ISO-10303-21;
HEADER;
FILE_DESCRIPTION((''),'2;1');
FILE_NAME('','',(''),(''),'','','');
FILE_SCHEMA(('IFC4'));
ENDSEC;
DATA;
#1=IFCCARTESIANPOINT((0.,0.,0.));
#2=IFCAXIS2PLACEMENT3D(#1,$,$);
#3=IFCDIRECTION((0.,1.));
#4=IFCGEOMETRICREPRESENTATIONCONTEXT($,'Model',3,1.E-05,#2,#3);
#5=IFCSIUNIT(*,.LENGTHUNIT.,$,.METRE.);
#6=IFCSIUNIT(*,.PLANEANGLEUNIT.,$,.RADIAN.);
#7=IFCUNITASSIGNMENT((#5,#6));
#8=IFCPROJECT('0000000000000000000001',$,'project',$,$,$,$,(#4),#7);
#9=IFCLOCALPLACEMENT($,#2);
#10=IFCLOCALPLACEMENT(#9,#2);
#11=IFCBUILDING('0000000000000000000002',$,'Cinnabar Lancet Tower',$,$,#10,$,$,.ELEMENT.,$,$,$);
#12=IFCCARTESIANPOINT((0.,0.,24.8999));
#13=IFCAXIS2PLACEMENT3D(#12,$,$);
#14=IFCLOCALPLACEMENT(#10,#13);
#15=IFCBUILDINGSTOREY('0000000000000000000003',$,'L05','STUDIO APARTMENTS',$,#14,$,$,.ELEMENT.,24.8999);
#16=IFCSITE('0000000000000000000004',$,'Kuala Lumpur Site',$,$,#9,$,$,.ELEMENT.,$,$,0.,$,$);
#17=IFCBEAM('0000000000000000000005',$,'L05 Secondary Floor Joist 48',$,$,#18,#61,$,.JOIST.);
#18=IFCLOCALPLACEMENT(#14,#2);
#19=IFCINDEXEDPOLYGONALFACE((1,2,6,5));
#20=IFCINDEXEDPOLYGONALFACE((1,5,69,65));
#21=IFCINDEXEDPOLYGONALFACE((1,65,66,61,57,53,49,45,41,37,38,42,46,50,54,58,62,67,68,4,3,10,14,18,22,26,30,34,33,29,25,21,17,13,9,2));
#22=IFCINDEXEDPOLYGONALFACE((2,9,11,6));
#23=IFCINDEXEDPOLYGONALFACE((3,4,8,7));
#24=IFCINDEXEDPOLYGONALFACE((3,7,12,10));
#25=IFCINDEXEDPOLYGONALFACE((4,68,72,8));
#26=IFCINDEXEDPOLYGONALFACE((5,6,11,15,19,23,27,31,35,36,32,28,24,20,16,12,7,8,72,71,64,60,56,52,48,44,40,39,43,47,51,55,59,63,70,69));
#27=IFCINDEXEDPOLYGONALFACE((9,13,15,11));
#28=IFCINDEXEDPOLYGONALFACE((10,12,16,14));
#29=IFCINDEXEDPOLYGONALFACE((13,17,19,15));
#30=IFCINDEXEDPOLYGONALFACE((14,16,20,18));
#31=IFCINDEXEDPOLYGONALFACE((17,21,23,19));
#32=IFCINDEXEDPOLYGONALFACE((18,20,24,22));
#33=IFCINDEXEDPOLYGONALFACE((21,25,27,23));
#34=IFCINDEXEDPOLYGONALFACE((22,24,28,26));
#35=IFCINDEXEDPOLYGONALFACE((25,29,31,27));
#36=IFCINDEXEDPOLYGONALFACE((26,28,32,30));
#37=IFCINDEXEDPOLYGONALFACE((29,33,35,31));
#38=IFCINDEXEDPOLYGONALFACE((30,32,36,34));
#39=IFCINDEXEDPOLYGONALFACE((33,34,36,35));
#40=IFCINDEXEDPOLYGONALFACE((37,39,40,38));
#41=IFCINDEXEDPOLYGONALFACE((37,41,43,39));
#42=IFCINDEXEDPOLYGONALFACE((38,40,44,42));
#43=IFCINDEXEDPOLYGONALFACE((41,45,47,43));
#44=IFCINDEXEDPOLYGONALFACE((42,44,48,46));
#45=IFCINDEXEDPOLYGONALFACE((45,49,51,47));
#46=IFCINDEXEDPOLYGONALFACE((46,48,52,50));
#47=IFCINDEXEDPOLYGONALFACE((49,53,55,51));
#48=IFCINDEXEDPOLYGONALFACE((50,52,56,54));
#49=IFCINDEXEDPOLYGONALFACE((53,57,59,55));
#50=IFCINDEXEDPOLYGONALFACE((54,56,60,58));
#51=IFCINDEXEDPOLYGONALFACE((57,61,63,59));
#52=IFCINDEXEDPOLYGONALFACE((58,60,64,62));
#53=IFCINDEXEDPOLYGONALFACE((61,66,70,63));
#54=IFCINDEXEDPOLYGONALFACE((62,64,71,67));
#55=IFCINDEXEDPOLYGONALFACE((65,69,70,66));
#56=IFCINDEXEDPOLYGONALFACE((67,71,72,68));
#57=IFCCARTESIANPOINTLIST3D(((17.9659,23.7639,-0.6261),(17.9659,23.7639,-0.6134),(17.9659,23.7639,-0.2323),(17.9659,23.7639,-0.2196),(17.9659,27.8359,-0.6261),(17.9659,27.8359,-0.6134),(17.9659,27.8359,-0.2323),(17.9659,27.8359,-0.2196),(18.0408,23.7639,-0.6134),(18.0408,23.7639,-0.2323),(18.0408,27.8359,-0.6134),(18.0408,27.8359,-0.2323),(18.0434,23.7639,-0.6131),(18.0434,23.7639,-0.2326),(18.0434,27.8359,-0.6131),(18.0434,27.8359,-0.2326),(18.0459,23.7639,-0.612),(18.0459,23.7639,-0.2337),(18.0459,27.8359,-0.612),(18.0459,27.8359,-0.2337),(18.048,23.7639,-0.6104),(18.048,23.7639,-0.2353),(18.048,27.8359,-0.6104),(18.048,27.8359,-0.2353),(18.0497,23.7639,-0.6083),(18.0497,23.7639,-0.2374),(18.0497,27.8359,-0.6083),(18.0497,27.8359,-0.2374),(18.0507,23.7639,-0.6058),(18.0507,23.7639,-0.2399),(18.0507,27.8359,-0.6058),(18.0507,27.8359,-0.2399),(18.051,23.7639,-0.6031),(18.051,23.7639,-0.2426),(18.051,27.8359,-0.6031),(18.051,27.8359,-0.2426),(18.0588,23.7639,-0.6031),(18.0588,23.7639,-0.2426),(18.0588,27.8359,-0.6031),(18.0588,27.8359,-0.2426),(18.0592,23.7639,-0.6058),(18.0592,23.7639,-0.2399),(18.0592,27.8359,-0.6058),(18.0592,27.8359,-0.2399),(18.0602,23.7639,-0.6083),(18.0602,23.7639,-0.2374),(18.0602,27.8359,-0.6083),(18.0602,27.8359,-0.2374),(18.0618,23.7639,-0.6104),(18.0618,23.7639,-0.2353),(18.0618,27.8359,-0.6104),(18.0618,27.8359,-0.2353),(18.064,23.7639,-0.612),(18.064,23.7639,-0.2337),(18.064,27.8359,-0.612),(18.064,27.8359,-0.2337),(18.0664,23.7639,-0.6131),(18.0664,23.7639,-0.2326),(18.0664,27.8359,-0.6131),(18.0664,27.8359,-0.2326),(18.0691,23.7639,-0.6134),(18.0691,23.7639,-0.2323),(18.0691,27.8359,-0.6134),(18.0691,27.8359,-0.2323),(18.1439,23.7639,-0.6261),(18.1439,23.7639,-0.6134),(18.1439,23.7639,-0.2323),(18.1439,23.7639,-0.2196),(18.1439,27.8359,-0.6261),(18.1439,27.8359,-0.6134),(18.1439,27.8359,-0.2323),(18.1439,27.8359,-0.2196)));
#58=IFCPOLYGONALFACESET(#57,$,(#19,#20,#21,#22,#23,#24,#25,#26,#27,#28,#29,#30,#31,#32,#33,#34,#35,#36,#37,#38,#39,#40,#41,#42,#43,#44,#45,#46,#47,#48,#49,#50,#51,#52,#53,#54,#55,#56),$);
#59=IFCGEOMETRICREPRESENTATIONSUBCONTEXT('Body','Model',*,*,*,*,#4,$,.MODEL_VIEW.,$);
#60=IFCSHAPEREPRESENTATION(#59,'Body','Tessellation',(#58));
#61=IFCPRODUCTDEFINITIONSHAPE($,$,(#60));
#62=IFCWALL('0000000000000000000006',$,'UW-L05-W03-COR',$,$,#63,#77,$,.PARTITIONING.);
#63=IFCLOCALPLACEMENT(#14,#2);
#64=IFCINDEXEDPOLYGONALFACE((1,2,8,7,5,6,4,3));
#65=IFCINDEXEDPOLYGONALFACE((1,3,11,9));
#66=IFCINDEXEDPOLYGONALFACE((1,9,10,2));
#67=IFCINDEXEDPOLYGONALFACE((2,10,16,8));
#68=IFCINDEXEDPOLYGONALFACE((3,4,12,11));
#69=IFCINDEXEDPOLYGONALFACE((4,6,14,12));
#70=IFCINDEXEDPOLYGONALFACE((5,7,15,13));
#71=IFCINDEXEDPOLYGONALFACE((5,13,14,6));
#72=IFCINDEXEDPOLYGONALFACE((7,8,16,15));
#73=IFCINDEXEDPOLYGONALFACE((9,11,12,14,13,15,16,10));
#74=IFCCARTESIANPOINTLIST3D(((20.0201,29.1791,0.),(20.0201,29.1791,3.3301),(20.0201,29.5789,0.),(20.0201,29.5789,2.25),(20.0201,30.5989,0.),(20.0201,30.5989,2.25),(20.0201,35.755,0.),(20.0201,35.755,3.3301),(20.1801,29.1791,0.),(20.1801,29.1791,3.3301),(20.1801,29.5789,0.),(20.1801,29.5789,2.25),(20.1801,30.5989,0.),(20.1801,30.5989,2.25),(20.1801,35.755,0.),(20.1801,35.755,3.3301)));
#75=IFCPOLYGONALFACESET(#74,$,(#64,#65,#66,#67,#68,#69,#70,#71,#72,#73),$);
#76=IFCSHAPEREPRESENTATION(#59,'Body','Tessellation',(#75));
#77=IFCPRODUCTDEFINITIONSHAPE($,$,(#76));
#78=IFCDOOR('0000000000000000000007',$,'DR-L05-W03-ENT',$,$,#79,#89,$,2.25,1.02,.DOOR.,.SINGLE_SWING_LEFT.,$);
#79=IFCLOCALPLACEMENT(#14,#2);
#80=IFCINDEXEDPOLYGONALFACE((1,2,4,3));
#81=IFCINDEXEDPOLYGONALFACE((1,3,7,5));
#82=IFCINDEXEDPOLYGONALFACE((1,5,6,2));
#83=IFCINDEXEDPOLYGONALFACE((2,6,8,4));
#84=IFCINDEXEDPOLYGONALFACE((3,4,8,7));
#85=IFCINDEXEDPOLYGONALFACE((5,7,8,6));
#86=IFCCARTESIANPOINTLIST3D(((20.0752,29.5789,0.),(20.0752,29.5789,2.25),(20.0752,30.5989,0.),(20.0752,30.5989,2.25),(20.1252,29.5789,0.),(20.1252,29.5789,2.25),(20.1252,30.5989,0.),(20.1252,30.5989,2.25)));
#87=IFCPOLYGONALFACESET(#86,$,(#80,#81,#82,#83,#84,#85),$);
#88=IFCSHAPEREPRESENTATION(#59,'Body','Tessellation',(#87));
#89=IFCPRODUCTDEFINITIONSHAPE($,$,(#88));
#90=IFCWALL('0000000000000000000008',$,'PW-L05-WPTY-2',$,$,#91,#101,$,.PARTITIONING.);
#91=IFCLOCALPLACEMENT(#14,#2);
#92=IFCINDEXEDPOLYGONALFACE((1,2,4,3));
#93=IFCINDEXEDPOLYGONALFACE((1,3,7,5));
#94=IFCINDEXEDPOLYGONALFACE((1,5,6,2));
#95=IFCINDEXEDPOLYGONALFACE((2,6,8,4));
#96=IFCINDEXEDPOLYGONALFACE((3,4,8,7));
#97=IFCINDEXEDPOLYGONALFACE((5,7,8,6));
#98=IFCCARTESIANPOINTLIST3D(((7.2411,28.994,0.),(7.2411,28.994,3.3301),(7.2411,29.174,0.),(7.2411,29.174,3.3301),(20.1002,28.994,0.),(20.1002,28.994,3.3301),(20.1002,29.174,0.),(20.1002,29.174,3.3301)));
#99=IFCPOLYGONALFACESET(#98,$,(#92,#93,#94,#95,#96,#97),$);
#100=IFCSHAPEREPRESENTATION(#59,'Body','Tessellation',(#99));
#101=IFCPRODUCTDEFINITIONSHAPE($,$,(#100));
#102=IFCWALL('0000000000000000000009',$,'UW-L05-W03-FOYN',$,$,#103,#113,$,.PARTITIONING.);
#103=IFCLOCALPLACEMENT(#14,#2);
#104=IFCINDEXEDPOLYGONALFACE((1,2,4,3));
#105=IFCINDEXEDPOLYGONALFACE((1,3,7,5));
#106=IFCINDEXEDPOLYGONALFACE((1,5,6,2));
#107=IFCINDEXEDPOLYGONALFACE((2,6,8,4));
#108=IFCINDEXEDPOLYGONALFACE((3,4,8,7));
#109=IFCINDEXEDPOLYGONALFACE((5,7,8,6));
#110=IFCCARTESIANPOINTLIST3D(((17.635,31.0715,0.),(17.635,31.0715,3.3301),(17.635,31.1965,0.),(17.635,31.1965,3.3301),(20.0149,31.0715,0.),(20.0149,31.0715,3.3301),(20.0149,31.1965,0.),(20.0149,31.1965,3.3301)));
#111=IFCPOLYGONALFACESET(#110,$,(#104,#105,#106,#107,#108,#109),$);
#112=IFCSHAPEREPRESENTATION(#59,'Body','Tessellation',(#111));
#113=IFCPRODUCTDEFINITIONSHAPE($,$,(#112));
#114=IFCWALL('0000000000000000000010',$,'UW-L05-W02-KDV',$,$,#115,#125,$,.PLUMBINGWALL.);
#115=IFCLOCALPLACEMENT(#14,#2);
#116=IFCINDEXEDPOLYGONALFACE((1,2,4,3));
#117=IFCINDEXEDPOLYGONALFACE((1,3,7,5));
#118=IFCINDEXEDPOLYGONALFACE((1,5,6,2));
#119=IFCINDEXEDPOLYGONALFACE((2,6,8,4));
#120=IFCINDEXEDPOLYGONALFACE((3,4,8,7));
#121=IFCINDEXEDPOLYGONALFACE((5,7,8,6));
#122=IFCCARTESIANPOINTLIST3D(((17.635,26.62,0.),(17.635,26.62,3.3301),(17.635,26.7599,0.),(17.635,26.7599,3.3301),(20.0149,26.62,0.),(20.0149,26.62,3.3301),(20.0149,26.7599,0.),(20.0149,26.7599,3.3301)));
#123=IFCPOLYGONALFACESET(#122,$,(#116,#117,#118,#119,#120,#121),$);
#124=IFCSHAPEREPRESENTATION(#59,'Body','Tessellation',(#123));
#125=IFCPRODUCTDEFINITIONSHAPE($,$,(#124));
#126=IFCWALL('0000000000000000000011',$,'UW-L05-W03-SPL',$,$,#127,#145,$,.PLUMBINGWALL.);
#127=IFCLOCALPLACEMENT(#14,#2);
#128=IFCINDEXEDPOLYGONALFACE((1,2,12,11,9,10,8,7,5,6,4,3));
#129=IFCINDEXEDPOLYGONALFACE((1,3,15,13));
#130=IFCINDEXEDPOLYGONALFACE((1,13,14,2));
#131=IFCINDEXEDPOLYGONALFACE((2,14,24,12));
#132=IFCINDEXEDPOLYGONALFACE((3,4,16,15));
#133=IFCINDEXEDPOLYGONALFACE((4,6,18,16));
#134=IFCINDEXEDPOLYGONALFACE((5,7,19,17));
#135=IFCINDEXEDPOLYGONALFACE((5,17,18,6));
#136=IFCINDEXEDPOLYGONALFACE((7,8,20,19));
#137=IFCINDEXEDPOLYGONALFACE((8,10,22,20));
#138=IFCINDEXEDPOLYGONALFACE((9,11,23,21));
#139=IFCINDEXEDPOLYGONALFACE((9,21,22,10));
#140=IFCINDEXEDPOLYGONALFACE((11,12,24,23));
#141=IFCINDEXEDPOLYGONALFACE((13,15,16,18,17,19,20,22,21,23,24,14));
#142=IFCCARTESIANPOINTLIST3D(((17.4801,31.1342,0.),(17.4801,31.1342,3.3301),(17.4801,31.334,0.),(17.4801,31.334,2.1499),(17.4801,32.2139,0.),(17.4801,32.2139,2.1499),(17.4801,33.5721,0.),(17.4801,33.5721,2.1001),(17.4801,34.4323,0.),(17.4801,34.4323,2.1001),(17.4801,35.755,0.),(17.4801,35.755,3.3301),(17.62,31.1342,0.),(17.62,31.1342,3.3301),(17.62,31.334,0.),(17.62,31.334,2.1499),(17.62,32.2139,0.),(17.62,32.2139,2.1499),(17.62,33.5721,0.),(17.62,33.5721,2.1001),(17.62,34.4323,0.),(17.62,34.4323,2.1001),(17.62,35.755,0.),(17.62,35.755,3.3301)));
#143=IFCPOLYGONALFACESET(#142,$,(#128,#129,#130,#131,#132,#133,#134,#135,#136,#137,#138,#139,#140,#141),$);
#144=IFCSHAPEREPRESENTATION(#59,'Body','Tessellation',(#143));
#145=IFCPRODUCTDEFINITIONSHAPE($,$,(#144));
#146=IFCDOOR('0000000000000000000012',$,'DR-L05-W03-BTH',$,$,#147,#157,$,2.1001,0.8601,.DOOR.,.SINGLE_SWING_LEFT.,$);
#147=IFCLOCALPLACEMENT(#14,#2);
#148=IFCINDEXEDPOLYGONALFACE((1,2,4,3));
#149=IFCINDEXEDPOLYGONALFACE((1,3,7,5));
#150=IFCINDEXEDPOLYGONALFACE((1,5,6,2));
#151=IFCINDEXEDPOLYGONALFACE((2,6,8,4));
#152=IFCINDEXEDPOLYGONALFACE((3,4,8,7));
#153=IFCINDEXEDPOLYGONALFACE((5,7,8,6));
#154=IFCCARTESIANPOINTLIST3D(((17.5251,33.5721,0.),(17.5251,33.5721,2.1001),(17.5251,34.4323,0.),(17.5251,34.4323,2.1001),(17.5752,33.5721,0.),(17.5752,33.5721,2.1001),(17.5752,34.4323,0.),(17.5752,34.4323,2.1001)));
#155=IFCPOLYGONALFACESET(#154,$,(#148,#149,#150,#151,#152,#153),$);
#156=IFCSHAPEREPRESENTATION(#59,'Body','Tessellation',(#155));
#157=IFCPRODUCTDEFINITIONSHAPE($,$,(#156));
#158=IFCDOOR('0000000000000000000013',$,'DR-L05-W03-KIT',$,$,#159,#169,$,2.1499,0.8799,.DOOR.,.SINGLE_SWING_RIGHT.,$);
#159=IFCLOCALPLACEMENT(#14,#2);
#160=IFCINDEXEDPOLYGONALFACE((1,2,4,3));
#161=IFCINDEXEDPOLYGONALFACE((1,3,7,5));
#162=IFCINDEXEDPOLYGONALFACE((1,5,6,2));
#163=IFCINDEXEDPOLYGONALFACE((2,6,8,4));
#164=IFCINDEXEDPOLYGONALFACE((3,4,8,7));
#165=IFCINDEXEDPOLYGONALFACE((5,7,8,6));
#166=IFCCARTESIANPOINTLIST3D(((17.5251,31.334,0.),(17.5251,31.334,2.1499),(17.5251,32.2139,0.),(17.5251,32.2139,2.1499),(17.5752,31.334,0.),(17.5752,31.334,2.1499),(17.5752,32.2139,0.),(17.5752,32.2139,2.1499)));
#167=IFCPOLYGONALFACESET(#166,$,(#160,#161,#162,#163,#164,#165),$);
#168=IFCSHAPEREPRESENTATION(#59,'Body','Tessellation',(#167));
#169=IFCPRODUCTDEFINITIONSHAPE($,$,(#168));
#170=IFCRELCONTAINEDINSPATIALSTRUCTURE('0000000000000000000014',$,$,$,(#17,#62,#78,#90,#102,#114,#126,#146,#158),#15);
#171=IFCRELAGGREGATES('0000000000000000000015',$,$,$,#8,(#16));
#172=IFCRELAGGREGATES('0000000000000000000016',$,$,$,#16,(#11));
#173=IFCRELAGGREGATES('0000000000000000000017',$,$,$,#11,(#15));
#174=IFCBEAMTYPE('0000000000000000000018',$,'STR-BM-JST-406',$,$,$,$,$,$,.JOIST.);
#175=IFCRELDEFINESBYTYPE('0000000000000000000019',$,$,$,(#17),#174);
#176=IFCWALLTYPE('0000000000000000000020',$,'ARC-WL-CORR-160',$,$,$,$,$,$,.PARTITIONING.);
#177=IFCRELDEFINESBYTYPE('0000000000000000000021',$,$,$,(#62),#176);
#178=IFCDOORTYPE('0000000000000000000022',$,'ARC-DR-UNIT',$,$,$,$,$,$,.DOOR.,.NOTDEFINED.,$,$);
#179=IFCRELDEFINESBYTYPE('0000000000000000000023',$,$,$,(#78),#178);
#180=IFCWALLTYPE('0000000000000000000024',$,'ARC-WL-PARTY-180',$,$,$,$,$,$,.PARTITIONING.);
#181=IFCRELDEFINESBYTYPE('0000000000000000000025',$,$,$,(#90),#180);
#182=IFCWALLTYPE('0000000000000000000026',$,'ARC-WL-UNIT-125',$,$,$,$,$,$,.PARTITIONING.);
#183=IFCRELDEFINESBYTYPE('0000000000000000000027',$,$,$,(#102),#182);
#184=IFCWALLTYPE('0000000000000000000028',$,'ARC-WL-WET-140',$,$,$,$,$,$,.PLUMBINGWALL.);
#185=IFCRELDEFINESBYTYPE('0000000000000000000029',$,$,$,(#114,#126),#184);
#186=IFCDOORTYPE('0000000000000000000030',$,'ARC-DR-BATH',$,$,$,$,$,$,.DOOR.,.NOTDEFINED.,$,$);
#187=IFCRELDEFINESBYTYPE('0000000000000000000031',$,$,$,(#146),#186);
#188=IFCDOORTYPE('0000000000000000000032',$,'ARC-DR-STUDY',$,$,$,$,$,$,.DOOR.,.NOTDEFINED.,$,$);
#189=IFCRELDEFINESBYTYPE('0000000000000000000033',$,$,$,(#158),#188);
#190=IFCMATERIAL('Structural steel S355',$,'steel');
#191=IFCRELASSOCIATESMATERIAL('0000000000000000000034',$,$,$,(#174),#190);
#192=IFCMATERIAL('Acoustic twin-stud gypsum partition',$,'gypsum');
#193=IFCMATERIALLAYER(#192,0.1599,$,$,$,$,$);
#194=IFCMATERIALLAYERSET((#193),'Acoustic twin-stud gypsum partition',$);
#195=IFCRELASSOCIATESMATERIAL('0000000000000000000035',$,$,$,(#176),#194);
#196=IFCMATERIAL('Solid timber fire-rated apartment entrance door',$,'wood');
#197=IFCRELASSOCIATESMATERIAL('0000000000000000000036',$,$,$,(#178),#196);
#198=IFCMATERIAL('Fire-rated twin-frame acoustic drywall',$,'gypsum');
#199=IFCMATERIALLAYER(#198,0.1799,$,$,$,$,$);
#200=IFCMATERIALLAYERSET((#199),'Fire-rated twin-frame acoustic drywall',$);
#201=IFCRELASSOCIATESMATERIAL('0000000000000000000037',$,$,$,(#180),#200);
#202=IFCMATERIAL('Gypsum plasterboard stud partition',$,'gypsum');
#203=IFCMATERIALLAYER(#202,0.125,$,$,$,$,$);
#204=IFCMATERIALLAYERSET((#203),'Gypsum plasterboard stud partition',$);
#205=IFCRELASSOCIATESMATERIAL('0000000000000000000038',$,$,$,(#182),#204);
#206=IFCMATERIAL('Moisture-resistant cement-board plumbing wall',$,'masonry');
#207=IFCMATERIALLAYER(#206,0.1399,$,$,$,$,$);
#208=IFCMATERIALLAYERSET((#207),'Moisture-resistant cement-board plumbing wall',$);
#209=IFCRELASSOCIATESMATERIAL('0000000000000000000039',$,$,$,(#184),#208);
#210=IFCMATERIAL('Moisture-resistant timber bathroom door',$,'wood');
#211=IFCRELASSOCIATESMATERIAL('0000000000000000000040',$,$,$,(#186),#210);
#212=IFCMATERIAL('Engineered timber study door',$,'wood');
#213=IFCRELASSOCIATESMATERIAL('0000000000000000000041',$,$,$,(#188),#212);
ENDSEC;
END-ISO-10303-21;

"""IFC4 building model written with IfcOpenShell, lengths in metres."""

from ifc_helpers import new_model, si_unit, direction, frame, frame_2d, origin, origin_2d, place, context, subcontext, project, spatial, rectangle, i_section, extrude, material, layer, layer_set, material_profile, profile_set, type_object, element, fill, save


model = new_model("IFC4")

# Units and contexts
model_context = context("Model", 3, precision=1e-05, world=origin(), true_north=direction((0.0, 1.0)))
body_context = subcontext(model_context, "Body", "Model", "MODEL_VIEW")
ifc_project = project(units=[si_unit("LENGTHUNIT", "METRE"), si_unit("PLANEANGLEUNIT", "RADIAN")], contexts=[model_context])

# Site, building, storey
site_placement = place(None, origin())
site = spatial("IfcSite", under=ifc_project, at=site_placement, Name="Kuala Lumpur Site", CompositionType="ELEMENT", RefElevation=0.0)
building_placement = place(site_placement, origin())
building = spatial("IfcBuilding", under=site, at=building_placement, Name="Cinnabar Lancet Tower", CompositionType="ELEMENT")
storey_placement = place(building_placement, frame((0.0, 0.0, 24.8999)))
storey = spatial("IfcBuildingStorey", under=building, at=storey_placement, Name="L05", Description="STUDIO APARTMENTS", CompositionType="ELEMENT", Elevation=24.8999)

# Beam
ifc_material_1 = material(Name="Structural steel S355", Category="steel")
ifc_material_profile_1 = material_profile(ifc_material_1, i_section(OverallWidth=0.178, OverallDepth=0.4065, WebThickness=0.0078, FlangeThickness=0.0127, FilletRadius=0.0103, at=origin_2d()), Name="UKB 406x178x60")
ifc_profile_set_1 = profile_set([ifc_material_profile_1], Name="Structural steel S355")
beam_type = type_object("IfcBeamType", Name="STR-BM-JST-406", PredefinedType="JOIST", material=ifc_profile_set_1)
for number, where, z_axis, x_axis, name in (
    (1, (18.0549, 27.8359, -0.4229), (0.0, -1.0, 0.0), (1.0, 0.0, 0.0), "L05 Secondary Floor Joist 48"),
):
    element("IfcBeam", number, at=place(storey_placement, frame(where, z_axis=z_axis, x_axis=x_axis)), inside=storey, type_object=beam_type, Name=name, PredefinedType="JOIST", context=body_context, shape_type="SweptSolid", body=[
        extrude(i_section(OverallWidth=0.178, OverallDepth=0.4065, WebThickness=0.0078, FlangeThickness=0.0127, FilletRadius=0.0103, at=origin_2d()), origin(), (0.0, 0.0, 1.0), 4.072),
    ])

# Wall, opening, door
ifc_material_2 = material(Name="Acoustic twin-stud gypsum partition", Category="gypsum")
ifc_layer_1 = layer(ifc_material_2, 0.1599)
ifc_layer_set_1 = layer_set([ifc_layer_1], Name="Acoustic twin-stud gypsum partition")
wall_type_1 = type_object("IfcWallType", Name="ARC-WL-CORR-160", PredefinedType="PARTITIONING", material=ifc_layer_set_1)
wall_1_placement = place(storey_placement, frame((20.1001, 29.179, 0.0), z_axis=(0.0, 0.0, 1.0), x_axis=(0.0, 1.0, 0.0)))
wall_1 = element("IfcWall", 2, at=wall_1_placement, inside=storey, type_object=wall_type_1, Name="UW-L05-W03-COR", PredefinedType="PARTITIONING", context=body_context, shape_type="SweptSolid", body=[
    extrude(rectangle(XDim=6.5759, YDim=0.1599, at=frame_2d((3.2881, 0.0))), origin(), (0.0, 0.0, 1.0), 3.3301),
])
opening_1_placement = place(wall_1_placement, frame((0.3999, 0.0, 0.0)))
opening_1 = element("IfcOpeningElement", 3, at=opening_1_placement, cuts=wall_1, PredefinedType="OPENING", context=body_context, shape_type="SweptSolid", body=[
    extrude(rectangle(XDim=1.02, YDim=2.25, at=frame_2d((0.51, 1.125))), frame((0.0, 0.0898, 0.0), z_axis=(0.0, -1.0, 0.0), x_axis=(1.0, 0.0, 0.0)), (0.0, 0.0, 1.0), 0.1799),
])
ifc_material_3 = material(Name="Solid timber fire-rated apartment entrance door", Category="wood")
door_type_1 = type_object("IfcDoorType", Name="ARC-DR-UNIT", OperationType="NOTDEFINED", PredefinedType="DOOR", material=ifc_material_3)
door_1_placement = place(opening_1_placement, origin())
door_1 = element("IfcDoor", 4, at=door_1_placement, inside=storey, type_object=door_type_1, Name="DR-L05-W03-ENT", OperationType="SINGLE_SWING_LEFT", OverallHeight=2.25, OverallWidth=1.02, PredefinedType="DOOR", context=body_context, shape_type="SweptSolid", body=[
    extrude(rectangle(XDim=1.02, YDim=2.25, at=frame_2d((0.51, 1.125))), frame((0.0, 0.0249, 0.0), z_axis=(0.0, -1.0, 0.0), x_axis=(1.0, 0.0, 0.0)), (0.0, 0.0, 1.0), 0.05),
])
fill(opening_1, door_1)

# Walls
ifc_material_4 = material(Name="Fire-rated twin-frame acoustic drywall", Category="gypsum")
ifc_layer_2 = layer(ifc_material_4, 0.1799)
ifc_layer_set_2 = layer_set([ifc_layer_2], Name="Fire-rated twin-frame acoustic drywall")
wall_type_2 = type_object("IfcWallType", Name="ARC-WL-PARTY-180", PredefinedType="PARTITIONING", material=ifc_layer_set_2)
wall_2_placement = place(storey_placement, frame((7.241, 29.084, 0.0), z_axis=(0.0, 0.0, 1.0), x_axis=(1.0, 0.0, 0.0)))
element("IfcWall", 5, at=wall_2_placement, inside=storey, type_object=wall_type_2, Name="PW-L05-WPTY-2", PredefinedType="PARTITIONING", context=body_context, shape_type="SweptSolid", body=[
    extrude(rectangle(XDim=12.8591, YDim=0.1799, at=frame_2d((6.4297, 0.0))), origin(), (0.0, 0.0, 1.0), 3.3301),
])
ifc_material_5 = material(Name="Gypsum plasterboard stud partition", Category="gypsum")
ifc_layer_3 = layer(ifc_material_5, 0.125)
ifc_layer_set_3 = layer_set([ifc_layer_3], Name="Gypsum plasterboard stud partition")
wall_type_3 = type_object("IfcWallType", Name="ARC-WL-UNIT-125", PredefinedType="PARTITIONING", material=ifc_layer_set_3)
wall_3_placement = place(storey_placement, frame((17.635, 31.134, 0.0), z_axis=(0.0, 0.0, 1.0), x_axis=(1.0, 0.0, 0.0)))
element("IfcWall", 6, at=wall_3_placement, inside=storey, type_object=wall_type_3, Name="UW-L05-W03-FOYN", PredefinedType="PARTITIONING", context=body_context, shape_type="SweptSolid", body=[
    extrude(rectangle(XDim=2.3799, YDim=0.125, at=frame_2d((1.1899, 0.0))), origin(), (0.0, 0.0, 1.0), 3.3301),
])
ifc_material_6 = material(Name="Moisture-resistant cement-board plumbing wall", Category="masonry")
ifc_layer_4 = layer(ifc_material_6, 0.1399)
ifc_layer_set_4 = layer_set([ifc_layer_4], Name="Moisture-resistant cement-board plumbing wall")
wall_type_4 = type_object("IfcWallType", Name="ARC-WL-WET-140", PredefinedType="PLUMBINGWALL", material=ifc_layer_set_4)
wall_4_placement = place(storey_placement, frame((17.635, 26.6899, 0.0), z_axis=(0.0, 0.0, 1.0), x_axis=(1.0, 0.0, 0.0)))
element("IfcWall", 7, at=wall_4_placement, inside=storey, type_object=wall_type_4, Name="UW-L05-W02-KDV", PredefinedType="PLUMBINGWALL", context=body_context, shape_type="SweptSolid", body=[
    extrude(rectangle(XDim=2.3799, YDim=0.1399, at=frame_2d((1.1899, 0.0))), origin(), (0.0, 0.0, 1.0), 3.3301),
])

# Wall, openings, doors
wall_5_placement = place(storey_placement, frame((17.55, 31.134, 0.0), z_axis=(0.0, 0.0, 1.0), x_axis=(0.0, 1.0, 0.0)))
wall_5 = element("IfcWall", 8, at=wall_5_placement, inside=storey, type_object=wall_type_4, Name="UW-L05-W03-SPL", PredefinedType="PLUMBINGWALL", context=body_context, shape_type="SweptSolid", body=[
    extrude(rectangle(XDim=4.6208, YDim=0.1399, at=frame_2d((2.3105, 0.0))), origin(), (0.0, 0.0, 1.0), 3.3301),
])
opening_2_placement = place(wall_5_placement, frame((2.438, 0.0, 0.0)))
opening_2 = element("IfcOpeningElement", 9, at=opening_2_placement, cuts=wall_5, PredefinedType="OPENING", context=body_context, shape_type="SweptSolid", body=[
    extrude(rectangle(XDim=0.8601, YDim=2.1001, at=frame_2d((0.4302, 1.05))), frame((0.0, 0.0798, 0.0), z_axis=(0.0, -1.0, 0.0), x_axis=(1.0, 0.0, 0.0)), (0.0, 0.0, 1.0), 0.1599),
])
opening_3_placement = place(wall_5_placement, frame((0.2, 0.0, 0.0)))
opening_3 = element("IfcOpeningElement", 10, at=opening_3_placement, cuts=wall_5, PredefinedType="OPENING", context=body_context, shape_type="SweptSolid", body=[
    extrude(rectangle(XDim=0.8799, YDim=2.1499, at=frame_2d((0.4399, 1.075))), frame((0.0, 0.0798, 0.0), z_axis=(0.0, -1.0, 0.0), x_axis=(1.0, 0.0, 0.0)), (0.0, 0.0, 1.0), 0.1599),
])
ifc_material_7 = material(Name="Moisture-resistant timber bathroom door", Category="wood")
door_type_2 = type_object("IfcDoorType", Name="ARC-DR-BATH", OperationType="NOTDEFINED", PredefinedType="DOOR", material=ifc_material_7)
door_2_placement = place(opening_2_placement, origin())
door_2 = element("IfcDoor", 11, at=door_2_placement, inside=storey, type_object=door_type_2, Name="DR-L05-W03-BTH", OperationType="SINGLE_SWING_LEFT", OverallHeight=2.1001, OverallWidth=0.8601, PredefinedType="DOOR", context=body_context, shape_type="SweptSolid", body=[
    extrude(rectangle(XDim=0.8601, YDim=2.1001, at=frame_2d((0.4302, 1.05))), frame((0.0, 0.0249, 0.0), z_axis=(0.0, -1.0, 0.0), x_axis=(1.0, 0.0, 0.0)), (0.0, 0.0, 1.0), 0.05),
])
fill(opening_2, door_2)
ifc_material_8 = material(Name="Engineered timber study door", Category="wood")
door_type_3 = type_object("IfcDoorType", Name="ARC-DR-STUDY", OperationType="NOTDEFINED", PredefinedType="DOOR", material=ifc_material_8)
door_3_placement = place(opening_3_placement, origin())
door_3 = element("IfcDoor", 12, at=door_3_placement, inside=storey, type_object=door_type_3, Name="DR-L05-W03-KIT", OperationType="SINGLE_SWING_RIGHT", OverallHeight=2.1499, OverallWidth=0.8799, PredefinedType="DOOR", context=body_context, shape_type="SweptSolid", body=[
    extrude(rectangle(XDim=0.8799, YDim=2.1499, at=frame_2d((0.4399, 1.075))), frame((0.0, 0.0249, 0.0), z_axis=(0.0, -1.0, 0.0), x_axis=(1.0, 0.0, 0.0)), (0.0, 0.0, 1.0), 0.05),
])
fill(opening_3, door_3)

save(model, "model.ifc")
